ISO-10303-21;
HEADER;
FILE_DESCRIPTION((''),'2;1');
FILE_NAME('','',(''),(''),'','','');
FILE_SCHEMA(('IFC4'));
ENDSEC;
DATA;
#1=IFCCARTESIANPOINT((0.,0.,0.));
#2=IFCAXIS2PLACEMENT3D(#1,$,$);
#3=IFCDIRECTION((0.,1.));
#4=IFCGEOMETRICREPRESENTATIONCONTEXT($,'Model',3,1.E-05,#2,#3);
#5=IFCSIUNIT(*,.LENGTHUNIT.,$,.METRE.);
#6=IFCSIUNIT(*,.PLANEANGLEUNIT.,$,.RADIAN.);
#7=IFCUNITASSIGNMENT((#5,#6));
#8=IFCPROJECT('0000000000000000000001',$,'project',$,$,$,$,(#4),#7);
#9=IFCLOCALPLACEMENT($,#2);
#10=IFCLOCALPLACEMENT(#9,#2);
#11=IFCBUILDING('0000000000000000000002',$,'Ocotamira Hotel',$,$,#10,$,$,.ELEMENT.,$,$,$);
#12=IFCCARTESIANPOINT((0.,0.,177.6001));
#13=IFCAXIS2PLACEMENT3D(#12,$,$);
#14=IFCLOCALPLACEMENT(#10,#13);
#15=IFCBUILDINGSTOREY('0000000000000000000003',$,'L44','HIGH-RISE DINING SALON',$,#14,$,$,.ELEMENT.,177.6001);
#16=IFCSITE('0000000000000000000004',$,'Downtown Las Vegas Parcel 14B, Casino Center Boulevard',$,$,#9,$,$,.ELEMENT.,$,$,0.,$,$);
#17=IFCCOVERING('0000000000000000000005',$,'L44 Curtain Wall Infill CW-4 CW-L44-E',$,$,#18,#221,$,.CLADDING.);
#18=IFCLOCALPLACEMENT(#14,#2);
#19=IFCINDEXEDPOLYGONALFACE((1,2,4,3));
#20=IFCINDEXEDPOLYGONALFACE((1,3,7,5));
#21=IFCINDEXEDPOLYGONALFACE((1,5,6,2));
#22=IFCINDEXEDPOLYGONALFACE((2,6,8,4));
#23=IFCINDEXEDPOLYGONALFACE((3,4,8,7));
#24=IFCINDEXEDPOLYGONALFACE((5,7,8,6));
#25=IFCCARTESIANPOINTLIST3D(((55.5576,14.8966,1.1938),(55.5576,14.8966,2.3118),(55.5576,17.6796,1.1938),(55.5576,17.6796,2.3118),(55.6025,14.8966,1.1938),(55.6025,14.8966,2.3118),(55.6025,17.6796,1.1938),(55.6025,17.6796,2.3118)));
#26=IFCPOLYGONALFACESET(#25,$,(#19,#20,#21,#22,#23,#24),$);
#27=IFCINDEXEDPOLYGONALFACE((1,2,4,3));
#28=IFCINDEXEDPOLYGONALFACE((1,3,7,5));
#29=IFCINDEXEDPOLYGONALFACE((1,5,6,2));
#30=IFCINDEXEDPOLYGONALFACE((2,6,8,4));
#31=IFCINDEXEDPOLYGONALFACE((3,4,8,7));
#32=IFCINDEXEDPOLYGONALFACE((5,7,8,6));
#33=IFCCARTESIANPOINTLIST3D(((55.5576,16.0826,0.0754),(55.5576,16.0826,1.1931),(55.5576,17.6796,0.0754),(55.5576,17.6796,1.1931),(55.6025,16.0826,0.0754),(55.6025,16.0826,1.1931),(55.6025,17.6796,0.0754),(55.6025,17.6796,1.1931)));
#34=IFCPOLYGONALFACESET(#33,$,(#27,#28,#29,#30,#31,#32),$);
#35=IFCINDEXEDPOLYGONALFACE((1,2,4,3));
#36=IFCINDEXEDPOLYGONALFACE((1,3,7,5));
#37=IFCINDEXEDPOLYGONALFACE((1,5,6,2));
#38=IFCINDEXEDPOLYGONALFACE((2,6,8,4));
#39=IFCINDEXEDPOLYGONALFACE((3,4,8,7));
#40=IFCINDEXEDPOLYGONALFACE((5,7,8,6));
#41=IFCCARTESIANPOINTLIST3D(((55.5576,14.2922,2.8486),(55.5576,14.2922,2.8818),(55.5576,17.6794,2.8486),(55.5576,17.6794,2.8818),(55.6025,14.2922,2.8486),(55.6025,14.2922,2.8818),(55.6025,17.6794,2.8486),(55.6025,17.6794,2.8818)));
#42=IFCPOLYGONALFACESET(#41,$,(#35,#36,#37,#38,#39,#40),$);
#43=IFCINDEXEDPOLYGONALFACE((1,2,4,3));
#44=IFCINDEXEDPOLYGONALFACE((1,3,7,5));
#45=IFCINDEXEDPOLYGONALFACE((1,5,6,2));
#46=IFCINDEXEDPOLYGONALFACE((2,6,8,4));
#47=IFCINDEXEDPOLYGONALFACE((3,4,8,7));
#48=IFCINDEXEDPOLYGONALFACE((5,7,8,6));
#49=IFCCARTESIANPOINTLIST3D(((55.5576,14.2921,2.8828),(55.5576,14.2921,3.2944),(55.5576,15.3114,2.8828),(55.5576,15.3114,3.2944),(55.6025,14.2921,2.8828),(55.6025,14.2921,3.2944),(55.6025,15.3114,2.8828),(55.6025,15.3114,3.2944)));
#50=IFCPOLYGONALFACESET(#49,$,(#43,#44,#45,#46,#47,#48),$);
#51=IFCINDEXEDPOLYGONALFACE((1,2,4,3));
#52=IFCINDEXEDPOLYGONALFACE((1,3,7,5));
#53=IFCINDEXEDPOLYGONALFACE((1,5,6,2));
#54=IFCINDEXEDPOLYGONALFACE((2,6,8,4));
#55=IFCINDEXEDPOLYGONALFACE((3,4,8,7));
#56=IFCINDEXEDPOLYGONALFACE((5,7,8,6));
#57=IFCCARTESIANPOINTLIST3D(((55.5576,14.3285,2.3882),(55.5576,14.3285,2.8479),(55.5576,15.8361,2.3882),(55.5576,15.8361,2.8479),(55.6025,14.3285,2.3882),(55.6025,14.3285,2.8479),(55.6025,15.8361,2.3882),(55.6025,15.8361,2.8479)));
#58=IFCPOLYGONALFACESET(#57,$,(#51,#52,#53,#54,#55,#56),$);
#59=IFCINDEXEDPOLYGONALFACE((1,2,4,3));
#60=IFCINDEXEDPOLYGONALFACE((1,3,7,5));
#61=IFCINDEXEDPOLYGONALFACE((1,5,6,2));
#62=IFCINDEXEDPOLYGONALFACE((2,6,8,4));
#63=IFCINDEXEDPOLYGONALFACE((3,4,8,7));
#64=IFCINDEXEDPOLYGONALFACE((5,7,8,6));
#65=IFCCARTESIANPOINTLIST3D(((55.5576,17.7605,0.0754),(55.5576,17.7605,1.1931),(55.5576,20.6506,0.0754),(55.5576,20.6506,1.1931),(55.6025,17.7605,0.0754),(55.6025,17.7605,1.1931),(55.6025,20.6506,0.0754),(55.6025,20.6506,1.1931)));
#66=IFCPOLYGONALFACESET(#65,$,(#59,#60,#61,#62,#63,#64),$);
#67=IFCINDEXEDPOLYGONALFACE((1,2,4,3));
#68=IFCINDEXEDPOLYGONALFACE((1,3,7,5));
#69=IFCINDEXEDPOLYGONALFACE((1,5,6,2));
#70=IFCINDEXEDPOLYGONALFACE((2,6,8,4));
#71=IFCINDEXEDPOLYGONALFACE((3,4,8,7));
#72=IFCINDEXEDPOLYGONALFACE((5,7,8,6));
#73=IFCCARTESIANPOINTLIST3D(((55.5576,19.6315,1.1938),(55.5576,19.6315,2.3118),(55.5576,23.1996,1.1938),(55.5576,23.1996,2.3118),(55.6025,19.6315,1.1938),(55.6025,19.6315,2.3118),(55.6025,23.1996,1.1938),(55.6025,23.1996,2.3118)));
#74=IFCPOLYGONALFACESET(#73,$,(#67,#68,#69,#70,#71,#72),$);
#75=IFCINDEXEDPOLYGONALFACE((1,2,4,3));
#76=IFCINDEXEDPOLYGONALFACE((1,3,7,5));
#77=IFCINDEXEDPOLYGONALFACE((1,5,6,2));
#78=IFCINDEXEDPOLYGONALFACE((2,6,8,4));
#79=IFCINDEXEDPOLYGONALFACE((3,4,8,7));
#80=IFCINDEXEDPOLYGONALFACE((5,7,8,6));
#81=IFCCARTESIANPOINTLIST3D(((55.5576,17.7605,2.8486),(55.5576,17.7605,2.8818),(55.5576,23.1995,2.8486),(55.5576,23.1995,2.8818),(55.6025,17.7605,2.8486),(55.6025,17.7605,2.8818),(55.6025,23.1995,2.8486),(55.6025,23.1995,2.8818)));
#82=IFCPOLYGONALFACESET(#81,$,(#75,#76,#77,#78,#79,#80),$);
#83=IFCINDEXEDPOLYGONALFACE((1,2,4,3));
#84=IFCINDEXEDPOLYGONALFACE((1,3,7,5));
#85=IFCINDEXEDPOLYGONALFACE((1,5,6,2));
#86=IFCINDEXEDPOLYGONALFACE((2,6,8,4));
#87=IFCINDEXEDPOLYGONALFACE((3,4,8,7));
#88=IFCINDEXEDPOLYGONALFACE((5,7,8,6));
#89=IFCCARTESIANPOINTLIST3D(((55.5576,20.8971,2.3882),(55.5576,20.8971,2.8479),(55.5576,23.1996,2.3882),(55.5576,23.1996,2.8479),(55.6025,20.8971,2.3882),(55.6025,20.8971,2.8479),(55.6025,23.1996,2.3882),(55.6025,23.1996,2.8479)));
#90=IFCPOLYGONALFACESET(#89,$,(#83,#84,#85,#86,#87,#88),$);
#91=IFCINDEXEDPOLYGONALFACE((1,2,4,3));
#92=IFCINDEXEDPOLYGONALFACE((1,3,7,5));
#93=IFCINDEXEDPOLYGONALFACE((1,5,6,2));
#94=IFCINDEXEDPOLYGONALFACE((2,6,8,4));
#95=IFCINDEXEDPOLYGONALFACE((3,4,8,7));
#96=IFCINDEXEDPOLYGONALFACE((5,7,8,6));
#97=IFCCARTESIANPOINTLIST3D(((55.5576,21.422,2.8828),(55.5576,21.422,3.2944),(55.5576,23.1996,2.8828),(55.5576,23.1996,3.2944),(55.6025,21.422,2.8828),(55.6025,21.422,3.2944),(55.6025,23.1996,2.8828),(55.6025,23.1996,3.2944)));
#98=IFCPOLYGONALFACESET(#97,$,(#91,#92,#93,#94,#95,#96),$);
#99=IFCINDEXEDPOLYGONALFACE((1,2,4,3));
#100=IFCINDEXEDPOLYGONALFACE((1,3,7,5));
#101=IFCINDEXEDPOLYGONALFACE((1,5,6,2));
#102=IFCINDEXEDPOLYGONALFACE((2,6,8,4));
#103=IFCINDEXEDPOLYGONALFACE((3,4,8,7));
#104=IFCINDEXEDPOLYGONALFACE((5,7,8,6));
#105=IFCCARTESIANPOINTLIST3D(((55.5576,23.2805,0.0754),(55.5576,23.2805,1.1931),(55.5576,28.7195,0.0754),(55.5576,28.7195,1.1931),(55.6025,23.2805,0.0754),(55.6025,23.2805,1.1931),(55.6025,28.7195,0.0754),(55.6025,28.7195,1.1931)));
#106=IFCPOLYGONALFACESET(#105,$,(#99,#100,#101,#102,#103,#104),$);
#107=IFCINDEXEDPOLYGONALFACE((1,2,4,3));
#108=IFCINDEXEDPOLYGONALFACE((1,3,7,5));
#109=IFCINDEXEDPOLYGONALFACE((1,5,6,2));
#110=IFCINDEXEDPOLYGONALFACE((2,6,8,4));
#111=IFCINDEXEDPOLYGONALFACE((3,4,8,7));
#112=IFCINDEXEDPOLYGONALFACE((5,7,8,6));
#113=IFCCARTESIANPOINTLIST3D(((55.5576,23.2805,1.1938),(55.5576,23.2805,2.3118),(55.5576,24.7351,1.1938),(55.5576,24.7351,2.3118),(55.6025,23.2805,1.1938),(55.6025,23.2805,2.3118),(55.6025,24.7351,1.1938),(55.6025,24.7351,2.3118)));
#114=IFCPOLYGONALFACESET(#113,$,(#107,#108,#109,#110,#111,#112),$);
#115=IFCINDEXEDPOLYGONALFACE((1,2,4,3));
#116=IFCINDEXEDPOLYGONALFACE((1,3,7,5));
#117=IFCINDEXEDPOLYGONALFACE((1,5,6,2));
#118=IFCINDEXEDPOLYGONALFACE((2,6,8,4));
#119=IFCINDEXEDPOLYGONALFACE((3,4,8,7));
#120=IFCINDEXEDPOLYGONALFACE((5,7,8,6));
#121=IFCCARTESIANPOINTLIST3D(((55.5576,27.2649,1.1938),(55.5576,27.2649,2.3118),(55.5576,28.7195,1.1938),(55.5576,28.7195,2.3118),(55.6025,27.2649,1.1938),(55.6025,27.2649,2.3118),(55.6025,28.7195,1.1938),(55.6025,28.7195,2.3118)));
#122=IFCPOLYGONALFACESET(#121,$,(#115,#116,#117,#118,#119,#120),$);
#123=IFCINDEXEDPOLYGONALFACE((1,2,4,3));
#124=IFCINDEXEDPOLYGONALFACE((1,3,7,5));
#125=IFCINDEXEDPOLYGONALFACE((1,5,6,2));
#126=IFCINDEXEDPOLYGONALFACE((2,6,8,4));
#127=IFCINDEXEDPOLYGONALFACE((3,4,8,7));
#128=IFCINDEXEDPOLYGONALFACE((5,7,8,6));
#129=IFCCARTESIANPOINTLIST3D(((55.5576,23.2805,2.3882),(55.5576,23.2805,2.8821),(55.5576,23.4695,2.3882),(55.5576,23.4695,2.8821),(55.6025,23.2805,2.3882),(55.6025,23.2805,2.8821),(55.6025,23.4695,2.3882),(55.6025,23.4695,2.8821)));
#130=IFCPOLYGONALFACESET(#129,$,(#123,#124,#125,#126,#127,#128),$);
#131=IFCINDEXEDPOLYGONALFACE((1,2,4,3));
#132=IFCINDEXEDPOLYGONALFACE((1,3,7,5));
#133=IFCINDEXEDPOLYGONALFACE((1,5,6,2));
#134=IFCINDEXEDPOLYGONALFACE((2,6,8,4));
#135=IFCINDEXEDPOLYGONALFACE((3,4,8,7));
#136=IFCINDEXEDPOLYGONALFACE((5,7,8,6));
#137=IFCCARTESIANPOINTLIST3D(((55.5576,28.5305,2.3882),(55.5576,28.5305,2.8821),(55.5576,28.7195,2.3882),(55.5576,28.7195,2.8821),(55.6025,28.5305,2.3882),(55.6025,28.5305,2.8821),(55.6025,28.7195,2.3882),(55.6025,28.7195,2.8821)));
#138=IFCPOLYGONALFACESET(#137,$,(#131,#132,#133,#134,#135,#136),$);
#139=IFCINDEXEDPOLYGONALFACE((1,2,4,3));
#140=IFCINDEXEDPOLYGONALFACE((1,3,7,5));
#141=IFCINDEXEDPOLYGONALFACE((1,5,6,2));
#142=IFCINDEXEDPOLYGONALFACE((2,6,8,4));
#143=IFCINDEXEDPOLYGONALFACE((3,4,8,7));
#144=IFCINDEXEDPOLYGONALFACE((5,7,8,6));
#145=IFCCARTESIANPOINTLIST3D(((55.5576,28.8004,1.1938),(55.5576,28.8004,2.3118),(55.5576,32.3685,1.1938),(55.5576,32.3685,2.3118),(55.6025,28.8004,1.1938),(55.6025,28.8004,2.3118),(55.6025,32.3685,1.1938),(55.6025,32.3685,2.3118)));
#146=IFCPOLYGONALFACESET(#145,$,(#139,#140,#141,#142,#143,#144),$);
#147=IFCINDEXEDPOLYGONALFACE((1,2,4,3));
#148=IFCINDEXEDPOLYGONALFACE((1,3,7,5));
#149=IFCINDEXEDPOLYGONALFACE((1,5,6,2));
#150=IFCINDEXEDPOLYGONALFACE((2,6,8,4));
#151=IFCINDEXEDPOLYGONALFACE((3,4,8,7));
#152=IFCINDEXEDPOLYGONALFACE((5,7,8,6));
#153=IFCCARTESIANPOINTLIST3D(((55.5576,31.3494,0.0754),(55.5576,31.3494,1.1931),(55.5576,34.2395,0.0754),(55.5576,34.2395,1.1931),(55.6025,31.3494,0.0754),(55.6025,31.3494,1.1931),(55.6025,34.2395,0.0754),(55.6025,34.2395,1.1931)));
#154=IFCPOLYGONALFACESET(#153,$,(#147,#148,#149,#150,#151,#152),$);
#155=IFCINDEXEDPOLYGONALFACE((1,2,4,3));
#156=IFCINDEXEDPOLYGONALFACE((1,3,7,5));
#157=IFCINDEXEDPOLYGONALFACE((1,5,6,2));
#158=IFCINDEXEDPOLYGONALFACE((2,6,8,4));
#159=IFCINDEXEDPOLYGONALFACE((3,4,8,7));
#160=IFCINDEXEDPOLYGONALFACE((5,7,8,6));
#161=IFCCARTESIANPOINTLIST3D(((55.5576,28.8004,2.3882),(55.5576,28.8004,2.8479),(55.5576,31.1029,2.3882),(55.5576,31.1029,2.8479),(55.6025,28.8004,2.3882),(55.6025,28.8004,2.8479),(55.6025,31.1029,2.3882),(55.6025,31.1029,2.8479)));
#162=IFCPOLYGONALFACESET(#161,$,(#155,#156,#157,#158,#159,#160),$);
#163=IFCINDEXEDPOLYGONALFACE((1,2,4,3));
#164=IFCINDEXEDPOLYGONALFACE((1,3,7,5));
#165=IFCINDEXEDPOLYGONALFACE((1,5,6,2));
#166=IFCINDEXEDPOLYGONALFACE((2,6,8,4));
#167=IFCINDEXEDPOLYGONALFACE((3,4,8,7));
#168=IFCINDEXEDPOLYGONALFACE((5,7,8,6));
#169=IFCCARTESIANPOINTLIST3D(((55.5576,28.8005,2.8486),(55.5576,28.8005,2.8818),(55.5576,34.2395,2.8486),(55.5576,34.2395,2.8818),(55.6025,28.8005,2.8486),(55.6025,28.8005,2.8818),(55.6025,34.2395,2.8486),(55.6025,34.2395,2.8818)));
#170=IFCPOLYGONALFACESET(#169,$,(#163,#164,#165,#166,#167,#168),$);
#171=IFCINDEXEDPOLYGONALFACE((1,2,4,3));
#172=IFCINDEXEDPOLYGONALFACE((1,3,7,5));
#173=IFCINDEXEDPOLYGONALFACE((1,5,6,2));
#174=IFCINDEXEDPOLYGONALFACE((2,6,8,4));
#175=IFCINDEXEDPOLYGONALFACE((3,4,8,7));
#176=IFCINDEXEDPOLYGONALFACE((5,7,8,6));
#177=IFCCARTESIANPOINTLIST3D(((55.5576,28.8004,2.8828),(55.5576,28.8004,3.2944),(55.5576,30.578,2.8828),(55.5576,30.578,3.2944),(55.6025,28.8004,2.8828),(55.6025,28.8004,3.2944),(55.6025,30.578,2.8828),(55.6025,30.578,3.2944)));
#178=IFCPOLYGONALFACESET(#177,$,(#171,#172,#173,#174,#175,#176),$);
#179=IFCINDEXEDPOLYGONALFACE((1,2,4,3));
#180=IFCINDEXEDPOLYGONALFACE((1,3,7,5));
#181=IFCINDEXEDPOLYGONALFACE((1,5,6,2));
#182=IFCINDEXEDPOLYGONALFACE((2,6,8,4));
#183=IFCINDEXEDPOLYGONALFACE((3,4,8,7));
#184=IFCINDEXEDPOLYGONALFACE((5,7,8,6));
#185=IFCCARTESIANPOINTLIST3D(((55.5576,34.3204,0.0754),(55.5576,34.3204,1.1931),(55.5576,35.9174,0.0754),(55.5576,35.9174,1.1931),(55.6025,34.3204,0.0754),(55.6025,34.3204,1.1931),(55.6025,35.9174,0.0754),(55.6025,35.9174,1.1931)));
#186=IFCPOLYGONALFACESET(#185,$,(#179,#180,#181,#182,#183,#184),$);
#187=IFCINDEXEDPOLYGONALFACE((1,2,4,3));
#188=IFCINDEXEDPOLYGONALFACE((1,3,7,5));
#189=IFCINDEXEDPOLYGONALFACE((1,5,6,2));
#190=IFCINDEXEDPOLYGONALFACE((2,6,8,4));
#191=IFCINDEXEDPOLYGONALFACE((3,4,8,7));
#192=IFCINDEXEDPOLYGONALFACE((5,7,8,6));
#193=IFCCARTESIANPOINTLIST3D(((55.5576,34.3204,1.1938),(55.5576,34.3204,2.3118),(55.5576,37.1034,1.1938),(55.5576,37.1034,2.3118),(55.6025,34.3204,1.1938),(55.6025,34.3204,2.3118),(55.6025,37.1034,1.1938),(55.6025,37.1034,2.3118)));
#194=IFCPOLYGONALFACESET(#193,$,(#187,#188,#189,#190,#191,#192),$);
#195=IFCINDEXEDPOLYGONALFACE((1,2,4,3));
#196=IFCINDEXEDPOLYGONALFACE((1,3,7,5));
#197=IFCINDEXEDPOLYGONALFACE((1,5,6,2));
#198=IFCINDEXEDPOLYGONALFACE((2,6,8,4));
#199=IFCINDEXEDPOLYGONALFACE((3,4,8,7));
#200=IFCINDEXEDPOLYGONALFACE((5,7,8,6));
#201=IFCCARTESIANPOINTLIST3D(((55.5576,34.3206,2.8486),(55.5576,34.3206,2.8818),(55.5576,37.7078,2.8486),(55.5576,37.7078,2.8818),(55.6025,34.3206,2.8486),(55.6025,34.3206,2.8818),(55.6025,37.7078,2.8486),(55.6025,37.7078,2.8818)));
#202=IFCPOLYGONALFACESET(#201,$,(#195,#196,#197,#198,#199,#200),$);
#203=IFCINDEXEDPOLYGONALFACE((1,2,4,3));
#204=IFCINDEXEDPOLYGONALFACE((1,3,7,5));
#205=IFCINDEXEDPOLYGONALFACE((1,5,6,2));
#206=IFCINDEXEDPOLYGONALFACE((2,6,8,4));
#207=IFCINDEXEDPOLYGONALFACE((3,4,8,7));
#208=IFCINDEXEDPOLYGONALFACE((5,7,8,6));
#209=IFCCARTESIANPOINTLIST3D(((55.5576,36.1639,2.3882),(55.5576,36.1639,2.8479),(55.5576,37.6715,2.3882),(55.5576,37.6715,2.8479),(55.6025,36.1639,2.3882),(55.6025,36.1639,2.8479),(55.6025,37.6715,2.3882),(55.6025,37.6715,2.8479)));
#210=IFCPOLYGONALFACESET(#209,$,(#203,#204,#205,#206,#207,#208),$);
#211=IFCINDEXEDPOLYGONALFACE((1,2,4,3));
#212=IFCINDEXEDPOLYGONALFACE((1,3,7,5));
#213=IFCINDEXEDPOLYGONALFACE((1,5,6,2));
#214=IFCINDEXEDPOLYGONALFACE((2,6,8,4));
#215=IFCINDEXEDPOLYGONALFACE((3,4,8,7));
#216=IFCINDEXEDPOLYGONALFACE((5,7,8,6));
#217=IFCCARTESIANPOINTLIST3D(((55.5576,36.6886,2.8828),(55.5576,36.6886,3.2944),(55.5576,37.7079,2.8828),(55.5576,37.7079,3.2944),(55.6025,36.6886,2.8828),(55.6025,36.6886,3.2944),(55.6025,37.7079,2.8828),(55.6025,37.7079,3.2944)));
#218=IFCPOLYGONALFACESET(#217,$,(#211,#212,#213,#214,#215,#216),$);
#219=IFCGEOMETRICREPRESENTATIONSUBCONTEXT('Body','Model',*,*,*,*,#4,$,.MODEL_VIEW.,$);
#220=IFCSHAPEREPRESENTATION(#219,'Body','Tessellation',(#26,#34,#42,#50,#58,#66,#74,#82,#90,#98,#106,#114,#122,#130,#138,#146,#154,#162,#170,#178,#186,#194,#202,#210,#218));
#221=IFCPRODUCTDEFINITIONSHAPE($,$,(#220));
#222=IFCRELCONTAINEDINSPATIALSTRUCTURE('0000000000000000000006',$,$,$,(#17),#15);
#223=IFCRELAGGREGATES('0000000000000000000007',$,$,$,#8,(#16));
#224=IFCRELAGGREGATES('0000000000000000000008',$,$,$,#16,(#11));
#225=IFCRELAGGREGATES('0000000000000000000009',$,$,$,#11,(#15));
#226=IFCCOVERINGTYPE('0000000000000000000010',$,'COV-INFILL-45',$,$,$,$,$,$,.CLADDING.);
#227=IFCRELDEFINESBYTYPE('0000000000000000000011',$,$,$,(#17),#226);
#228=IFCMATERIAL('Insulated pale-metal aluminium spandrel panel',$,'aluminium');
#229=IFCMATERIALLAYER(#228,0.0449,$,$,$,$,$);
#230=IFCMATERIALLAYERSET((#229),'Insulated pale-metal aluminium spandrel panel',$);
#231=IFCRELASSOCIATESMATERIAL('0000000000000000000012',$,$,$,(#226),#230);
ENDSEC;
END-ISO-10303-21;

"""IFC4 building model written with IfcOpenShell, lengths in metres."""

from ifc_helpers import new_model, si_unit, direction, frame, origin, origin_2d, place, context, subcontext, project, spatial, rectangle, extrude, material, layer, layer_set, type_object, element, save


model = new_model("IFC4")

# Units and contexts
model_context = context("Model", 3, precision=1e-05, world=origin(), true_north=direction((0.0, 1.0)))
body_context = subcontext(model_context, "Body", "Model", "MODEL_VIEW")
ifc_project = project(units=[si_unit("LENGTHUNIT", "METRE"), si_unit("PLANEANGLEUNIT", "RADIAN")], contexts=[model_context])

# Site, building, storey
site_placement = place(None, origin())
site = spatial("IfcSite", under=ifc_project, at=site_placement, Name="Downtown Las Vegas Parcel 14B, Casino Center Boulevard", CompositionType="ELEMENT", RefElevation=0.0)
building_placement = place(site_placement, origin())
building = spatial("IfcBuilding", under=site, at=building_placement, Name="Ocotamira Hotel", CompositionType="ELEMENT")
storey_placement = place(building_placement, frame((0.0, 0.0, 177.6001)))
storey = spatial("IfcBuildingStorey", under=building, at=storey_placement, Name="L44", Description="HIGH-RISE DINING SALON", CompositionType="ELEMENT", Elevation=177.6001)

# Covering
ifc_material_1 = material(Name="Insulated pale-metal aluminium spandrel panel", Category="aluminium")
ifc_layer_1 = layer(ifc_material_1, 0.0449)
ifc_layer_set_1 = layer_set([ifc_layer_1], Name="Insulated pale-metal aluminium spandrel panel")
covering_type_1 = type_object("IfcCoveringType", Name="COV-INFILL-45", PredefinedType="CLADDING", material=ifc_layer_set_1)
covering_1_placement = place(storey_placement, origin())
element("IfcCovering", 1, at=covering_1_placement, inside=storey, type_object=covering_type_1, Name="L44 Curtain Wall Infill CW-4 CW-L44-E", PredefinedType="CLADDING", context=body_context, shape_type="SweptSolid", body=[
    extrude(rectangle(XDim=2.783, YDim=0.0449, at=origin_2d()), frame((55.5801, 16.2881, 1.1938), z_axis=(0.0, 0.0, 1.0), x_axis=(0.0, 1.0, 0.0)), (0.0, 0.0, 1.0), 1.1179),
    extrude(rectangle(XDim=1.5969, YDim=0.0449, at=origin_2d()), frame((55.5801, 16.8811, 0.0754), z_axis=(0.0, 0.0, 1.0), x_axis=(0.0, 1.0, 0.0)), (0.0, 0.0, 1.0), 1.1177),
    extrude(rectangle(XDim=3.3872, YDim=0.0449, at=origin_2d()), frame((55.5801, 15.9858, 2.8486), z_axis=(0.0, 0.0, 1.0), x_axis=(0.0, 1.0, 0.0)), (0.0, 0.0, 1.0), 0.0332),
    extrude(rectangle(XDim=1.0193, YDim=0.0449, at=origin_2d()), frame((55.5801, 14.8018, 2.8828), z_axis=(0.0, 0.0, 1.0), x_axis=(0.0, 1.0, 0.0)), (0.0, 0.0, 1.0), 0.4116),
    extrude(rectangle(XDim=1.5076, YDim=0.0449, at=origin_2d()), frame((55.5801, 15.0823, 2.3882), z_axis=(0.0, 0.0, 1.0), x_axis=(0.0, 1.0, 0.0)), (0.0, 0.0, 1.0), 0.4597),
    extrude(rectangle(XDim=2.8901, YDim=0.0449, at=origin_2d()), frame((55.5801, 19.2056, 0.0754), z_axis=(0.0, 0.0, 1.0), x_axis=(0.0, 1.0, 0.0)), (0.0, 0.0, 1.0), 1.1177),
    extrude(rectangle(XDim=3.5681, YDim=0.0449, at=origin_2d()), frame((55.5801, 21.4155, 1.1938), z_axis=(0.0, 0.0, 1.0), x_axis=(0.0, 1.0, 0.0)), (0.0, 0.0, 1.0), 1.1179),
    extrude(rectangle(XDim=5.439, YDim=0.0449, at=origin_2d()), frame((55.5801, 20.48, 2.8486), z_axis=(0.0, 0.0, 1.0), x_axis=(0.0, 1.0, 0.0)), (0.0, 0.0, 1.0), 0.0332),
    extrude(rectangle(XDim=2.3025, YDim=0.0449, at=origin_2d()), frame((55.5801, 22.0483, 2.3882), z_axis=(0.0, 0.0, 1.0), x_axis=(0.0, 1.0, 0.0)), (0.0, 0.0, 1.0), 0.4597),
    extrude(rectangle(XDim=1.7776, YDim=0.0449, at=origin_2d()), frame((55.5801, 22.3108, 2.8828), z_axis=(0.0, 0.0, 1.0), x_axis=(0.0, 1.0, 0.0)), (0.0, 0.0, 1.0), 0.4116),
    extrude(rectangle(XDim=5.439, YDim=0.0449, at=origin_2d()), frame((55.5801, 26.0, 0.0754), z_axis=(0.0, 0.0, 1.0), x_axis=(0.0, 1.0, 0.0)), (0.0, 0.0, 1.0), 1.1177),
    extrude(rectangle(XDim=1.4546, YDim=0.0449, at=origin_2d()), frame((55.5801, 24.0078, 1.1938), z_axis=(0.0, 0.0, 1.0), x_axis=(0.0, 1.0, 0.0)), (0.0, 0.0, 1.0), 1.1179),
    extrude(rectangle(XDim=1.4546, YDim=0.0449, at=origin_2d()), frame((55.5801, 27.9922, 1.1938), z_axis=(0.0, 0.0, 1.0), x_axis=(0.0, 1.0, 0.0)), (0.0, 0.0, 1.0), 1.1179),
    extrude(rectangle(XDim=0.189, YDim=0.0449, at=origin_2d()), frame((55.5801, 23.375, 2.3882), z_axis=(0.0, 0.0, 1.0), x_axis=(0.0, 1.0, 0.0)), (0.0, 0.0, 1.0), 0.4939),
    extrude(rectangle(XDim=0.189, YDim=0.0449, at=origin_2d()), frame((55.5801, 28.625, 2.3882), z_axis=(0.0, 0.0, 1.0), x_axis=(0.0, 1.0, 0.0)), (0.0, 0.0, 1.0), 0.4939),
    extrude(rectangle(XDim=3.5681, YDim=0.0449, at=origin_2d()), frame((55.5801, 30.5845, 1.1938), z_axis=(0.0, 0.0, 1.0), x_axis=(0.0, 1.0, 0.0)), (0.0, 0.0, 1.0), 1.1179),
    extrude(rectangle(XDim=2.8901, YDim=0.0449, at=origin_2d()), frame((55.5801, 32.7944, 0.0754), z_axis=(0.0, 0.0, 1.0), x_axis=(0.0, 1.0, 0.0)), (0.0, 0.0, 1.0), 1.1177),
    extrude(rectangle(XDim=2.3025, YDim=0.0449, at=origin_2d()), frame((55.5801, 29.9517, 2.3882), z_axis=(0.0, 0.0, 1.0), x_axis=(0.0, 1.0, 0.0)), (0.0, 0.0, 1.0), 0.4597),
    extrude(rectangle(XDim=5.439, YDim=0.0449, at=origin_2d()), frame((55.5801, 31.52, 2.8486), z_axis=(0.0, 0.0, 1.0), x_axis=(0.0, 1.0, 0.0)), (0.0, 0.0, 1.0), 0.0332),
    extrude(rectangle(XDim=1.7776, YDim=0.0449, at=origin_2d()), frame((55.5801, 29.6892, 2.8828), z_axis=(0.0, 0.0, 1.0), x_axis=(0.0, 1.0, 0.0)), (0.0, 0.0, 1.0), 0.4116),
    extrude(rectangle(XDim=1.5969, YDim=0.0449, at=origin_2d()), frame((55.5801, 35.1189, 0.0754), z_axis=(0.0, 0.0, 1.0), x_axis=(0.0, 1.0, 0.0)), (0.0, 0.0, 1.0), 1.1177),
    extrude(rectangle(XDim=2.783, YDim=0.0449, at=origin_2d()), frame((55.5801, 35.7119, 1.1938), z_axis=(0.0, 0.0, 1.0), x_axis=(0.0, 1.0, 0.0)), (0.0, 0.0, 1.0), 1.1179),
    extrude(rectangle(XDim=3.3872, YDim=0.0449, at=origin_2d()), frame((55.5801, 36.0142, 2.8486), z_axis=(0.0, 0.0, 1.0), x_axis=(0.0, 1.0, 0.0)), (0.0, 0.0, 1.0), 0.0332),
    extrude(rectangle(XDim=1.5076, YDim=0.0449, at=origin_2d()), frame((55.5801, 36.9177, 2.3882), z_axis=(0.0, 0.0, 1.0), x_axis=(0.0, 1.0, 0.0)), (0.0, 0.0, 1.0), 0.4597),
    extrude(rectangle(XDim=1.0193, YDim=0.0449, at=origin_2d()), frame((55.5801, 37.1982, 2.8828), z_axis=(0.0, 0.0, 1.0), x_axis=(0.0, 1.0, 0.0)), (0.0, 0.0, 1.0), 0.4116),
])

save(model, "model.ifc")
